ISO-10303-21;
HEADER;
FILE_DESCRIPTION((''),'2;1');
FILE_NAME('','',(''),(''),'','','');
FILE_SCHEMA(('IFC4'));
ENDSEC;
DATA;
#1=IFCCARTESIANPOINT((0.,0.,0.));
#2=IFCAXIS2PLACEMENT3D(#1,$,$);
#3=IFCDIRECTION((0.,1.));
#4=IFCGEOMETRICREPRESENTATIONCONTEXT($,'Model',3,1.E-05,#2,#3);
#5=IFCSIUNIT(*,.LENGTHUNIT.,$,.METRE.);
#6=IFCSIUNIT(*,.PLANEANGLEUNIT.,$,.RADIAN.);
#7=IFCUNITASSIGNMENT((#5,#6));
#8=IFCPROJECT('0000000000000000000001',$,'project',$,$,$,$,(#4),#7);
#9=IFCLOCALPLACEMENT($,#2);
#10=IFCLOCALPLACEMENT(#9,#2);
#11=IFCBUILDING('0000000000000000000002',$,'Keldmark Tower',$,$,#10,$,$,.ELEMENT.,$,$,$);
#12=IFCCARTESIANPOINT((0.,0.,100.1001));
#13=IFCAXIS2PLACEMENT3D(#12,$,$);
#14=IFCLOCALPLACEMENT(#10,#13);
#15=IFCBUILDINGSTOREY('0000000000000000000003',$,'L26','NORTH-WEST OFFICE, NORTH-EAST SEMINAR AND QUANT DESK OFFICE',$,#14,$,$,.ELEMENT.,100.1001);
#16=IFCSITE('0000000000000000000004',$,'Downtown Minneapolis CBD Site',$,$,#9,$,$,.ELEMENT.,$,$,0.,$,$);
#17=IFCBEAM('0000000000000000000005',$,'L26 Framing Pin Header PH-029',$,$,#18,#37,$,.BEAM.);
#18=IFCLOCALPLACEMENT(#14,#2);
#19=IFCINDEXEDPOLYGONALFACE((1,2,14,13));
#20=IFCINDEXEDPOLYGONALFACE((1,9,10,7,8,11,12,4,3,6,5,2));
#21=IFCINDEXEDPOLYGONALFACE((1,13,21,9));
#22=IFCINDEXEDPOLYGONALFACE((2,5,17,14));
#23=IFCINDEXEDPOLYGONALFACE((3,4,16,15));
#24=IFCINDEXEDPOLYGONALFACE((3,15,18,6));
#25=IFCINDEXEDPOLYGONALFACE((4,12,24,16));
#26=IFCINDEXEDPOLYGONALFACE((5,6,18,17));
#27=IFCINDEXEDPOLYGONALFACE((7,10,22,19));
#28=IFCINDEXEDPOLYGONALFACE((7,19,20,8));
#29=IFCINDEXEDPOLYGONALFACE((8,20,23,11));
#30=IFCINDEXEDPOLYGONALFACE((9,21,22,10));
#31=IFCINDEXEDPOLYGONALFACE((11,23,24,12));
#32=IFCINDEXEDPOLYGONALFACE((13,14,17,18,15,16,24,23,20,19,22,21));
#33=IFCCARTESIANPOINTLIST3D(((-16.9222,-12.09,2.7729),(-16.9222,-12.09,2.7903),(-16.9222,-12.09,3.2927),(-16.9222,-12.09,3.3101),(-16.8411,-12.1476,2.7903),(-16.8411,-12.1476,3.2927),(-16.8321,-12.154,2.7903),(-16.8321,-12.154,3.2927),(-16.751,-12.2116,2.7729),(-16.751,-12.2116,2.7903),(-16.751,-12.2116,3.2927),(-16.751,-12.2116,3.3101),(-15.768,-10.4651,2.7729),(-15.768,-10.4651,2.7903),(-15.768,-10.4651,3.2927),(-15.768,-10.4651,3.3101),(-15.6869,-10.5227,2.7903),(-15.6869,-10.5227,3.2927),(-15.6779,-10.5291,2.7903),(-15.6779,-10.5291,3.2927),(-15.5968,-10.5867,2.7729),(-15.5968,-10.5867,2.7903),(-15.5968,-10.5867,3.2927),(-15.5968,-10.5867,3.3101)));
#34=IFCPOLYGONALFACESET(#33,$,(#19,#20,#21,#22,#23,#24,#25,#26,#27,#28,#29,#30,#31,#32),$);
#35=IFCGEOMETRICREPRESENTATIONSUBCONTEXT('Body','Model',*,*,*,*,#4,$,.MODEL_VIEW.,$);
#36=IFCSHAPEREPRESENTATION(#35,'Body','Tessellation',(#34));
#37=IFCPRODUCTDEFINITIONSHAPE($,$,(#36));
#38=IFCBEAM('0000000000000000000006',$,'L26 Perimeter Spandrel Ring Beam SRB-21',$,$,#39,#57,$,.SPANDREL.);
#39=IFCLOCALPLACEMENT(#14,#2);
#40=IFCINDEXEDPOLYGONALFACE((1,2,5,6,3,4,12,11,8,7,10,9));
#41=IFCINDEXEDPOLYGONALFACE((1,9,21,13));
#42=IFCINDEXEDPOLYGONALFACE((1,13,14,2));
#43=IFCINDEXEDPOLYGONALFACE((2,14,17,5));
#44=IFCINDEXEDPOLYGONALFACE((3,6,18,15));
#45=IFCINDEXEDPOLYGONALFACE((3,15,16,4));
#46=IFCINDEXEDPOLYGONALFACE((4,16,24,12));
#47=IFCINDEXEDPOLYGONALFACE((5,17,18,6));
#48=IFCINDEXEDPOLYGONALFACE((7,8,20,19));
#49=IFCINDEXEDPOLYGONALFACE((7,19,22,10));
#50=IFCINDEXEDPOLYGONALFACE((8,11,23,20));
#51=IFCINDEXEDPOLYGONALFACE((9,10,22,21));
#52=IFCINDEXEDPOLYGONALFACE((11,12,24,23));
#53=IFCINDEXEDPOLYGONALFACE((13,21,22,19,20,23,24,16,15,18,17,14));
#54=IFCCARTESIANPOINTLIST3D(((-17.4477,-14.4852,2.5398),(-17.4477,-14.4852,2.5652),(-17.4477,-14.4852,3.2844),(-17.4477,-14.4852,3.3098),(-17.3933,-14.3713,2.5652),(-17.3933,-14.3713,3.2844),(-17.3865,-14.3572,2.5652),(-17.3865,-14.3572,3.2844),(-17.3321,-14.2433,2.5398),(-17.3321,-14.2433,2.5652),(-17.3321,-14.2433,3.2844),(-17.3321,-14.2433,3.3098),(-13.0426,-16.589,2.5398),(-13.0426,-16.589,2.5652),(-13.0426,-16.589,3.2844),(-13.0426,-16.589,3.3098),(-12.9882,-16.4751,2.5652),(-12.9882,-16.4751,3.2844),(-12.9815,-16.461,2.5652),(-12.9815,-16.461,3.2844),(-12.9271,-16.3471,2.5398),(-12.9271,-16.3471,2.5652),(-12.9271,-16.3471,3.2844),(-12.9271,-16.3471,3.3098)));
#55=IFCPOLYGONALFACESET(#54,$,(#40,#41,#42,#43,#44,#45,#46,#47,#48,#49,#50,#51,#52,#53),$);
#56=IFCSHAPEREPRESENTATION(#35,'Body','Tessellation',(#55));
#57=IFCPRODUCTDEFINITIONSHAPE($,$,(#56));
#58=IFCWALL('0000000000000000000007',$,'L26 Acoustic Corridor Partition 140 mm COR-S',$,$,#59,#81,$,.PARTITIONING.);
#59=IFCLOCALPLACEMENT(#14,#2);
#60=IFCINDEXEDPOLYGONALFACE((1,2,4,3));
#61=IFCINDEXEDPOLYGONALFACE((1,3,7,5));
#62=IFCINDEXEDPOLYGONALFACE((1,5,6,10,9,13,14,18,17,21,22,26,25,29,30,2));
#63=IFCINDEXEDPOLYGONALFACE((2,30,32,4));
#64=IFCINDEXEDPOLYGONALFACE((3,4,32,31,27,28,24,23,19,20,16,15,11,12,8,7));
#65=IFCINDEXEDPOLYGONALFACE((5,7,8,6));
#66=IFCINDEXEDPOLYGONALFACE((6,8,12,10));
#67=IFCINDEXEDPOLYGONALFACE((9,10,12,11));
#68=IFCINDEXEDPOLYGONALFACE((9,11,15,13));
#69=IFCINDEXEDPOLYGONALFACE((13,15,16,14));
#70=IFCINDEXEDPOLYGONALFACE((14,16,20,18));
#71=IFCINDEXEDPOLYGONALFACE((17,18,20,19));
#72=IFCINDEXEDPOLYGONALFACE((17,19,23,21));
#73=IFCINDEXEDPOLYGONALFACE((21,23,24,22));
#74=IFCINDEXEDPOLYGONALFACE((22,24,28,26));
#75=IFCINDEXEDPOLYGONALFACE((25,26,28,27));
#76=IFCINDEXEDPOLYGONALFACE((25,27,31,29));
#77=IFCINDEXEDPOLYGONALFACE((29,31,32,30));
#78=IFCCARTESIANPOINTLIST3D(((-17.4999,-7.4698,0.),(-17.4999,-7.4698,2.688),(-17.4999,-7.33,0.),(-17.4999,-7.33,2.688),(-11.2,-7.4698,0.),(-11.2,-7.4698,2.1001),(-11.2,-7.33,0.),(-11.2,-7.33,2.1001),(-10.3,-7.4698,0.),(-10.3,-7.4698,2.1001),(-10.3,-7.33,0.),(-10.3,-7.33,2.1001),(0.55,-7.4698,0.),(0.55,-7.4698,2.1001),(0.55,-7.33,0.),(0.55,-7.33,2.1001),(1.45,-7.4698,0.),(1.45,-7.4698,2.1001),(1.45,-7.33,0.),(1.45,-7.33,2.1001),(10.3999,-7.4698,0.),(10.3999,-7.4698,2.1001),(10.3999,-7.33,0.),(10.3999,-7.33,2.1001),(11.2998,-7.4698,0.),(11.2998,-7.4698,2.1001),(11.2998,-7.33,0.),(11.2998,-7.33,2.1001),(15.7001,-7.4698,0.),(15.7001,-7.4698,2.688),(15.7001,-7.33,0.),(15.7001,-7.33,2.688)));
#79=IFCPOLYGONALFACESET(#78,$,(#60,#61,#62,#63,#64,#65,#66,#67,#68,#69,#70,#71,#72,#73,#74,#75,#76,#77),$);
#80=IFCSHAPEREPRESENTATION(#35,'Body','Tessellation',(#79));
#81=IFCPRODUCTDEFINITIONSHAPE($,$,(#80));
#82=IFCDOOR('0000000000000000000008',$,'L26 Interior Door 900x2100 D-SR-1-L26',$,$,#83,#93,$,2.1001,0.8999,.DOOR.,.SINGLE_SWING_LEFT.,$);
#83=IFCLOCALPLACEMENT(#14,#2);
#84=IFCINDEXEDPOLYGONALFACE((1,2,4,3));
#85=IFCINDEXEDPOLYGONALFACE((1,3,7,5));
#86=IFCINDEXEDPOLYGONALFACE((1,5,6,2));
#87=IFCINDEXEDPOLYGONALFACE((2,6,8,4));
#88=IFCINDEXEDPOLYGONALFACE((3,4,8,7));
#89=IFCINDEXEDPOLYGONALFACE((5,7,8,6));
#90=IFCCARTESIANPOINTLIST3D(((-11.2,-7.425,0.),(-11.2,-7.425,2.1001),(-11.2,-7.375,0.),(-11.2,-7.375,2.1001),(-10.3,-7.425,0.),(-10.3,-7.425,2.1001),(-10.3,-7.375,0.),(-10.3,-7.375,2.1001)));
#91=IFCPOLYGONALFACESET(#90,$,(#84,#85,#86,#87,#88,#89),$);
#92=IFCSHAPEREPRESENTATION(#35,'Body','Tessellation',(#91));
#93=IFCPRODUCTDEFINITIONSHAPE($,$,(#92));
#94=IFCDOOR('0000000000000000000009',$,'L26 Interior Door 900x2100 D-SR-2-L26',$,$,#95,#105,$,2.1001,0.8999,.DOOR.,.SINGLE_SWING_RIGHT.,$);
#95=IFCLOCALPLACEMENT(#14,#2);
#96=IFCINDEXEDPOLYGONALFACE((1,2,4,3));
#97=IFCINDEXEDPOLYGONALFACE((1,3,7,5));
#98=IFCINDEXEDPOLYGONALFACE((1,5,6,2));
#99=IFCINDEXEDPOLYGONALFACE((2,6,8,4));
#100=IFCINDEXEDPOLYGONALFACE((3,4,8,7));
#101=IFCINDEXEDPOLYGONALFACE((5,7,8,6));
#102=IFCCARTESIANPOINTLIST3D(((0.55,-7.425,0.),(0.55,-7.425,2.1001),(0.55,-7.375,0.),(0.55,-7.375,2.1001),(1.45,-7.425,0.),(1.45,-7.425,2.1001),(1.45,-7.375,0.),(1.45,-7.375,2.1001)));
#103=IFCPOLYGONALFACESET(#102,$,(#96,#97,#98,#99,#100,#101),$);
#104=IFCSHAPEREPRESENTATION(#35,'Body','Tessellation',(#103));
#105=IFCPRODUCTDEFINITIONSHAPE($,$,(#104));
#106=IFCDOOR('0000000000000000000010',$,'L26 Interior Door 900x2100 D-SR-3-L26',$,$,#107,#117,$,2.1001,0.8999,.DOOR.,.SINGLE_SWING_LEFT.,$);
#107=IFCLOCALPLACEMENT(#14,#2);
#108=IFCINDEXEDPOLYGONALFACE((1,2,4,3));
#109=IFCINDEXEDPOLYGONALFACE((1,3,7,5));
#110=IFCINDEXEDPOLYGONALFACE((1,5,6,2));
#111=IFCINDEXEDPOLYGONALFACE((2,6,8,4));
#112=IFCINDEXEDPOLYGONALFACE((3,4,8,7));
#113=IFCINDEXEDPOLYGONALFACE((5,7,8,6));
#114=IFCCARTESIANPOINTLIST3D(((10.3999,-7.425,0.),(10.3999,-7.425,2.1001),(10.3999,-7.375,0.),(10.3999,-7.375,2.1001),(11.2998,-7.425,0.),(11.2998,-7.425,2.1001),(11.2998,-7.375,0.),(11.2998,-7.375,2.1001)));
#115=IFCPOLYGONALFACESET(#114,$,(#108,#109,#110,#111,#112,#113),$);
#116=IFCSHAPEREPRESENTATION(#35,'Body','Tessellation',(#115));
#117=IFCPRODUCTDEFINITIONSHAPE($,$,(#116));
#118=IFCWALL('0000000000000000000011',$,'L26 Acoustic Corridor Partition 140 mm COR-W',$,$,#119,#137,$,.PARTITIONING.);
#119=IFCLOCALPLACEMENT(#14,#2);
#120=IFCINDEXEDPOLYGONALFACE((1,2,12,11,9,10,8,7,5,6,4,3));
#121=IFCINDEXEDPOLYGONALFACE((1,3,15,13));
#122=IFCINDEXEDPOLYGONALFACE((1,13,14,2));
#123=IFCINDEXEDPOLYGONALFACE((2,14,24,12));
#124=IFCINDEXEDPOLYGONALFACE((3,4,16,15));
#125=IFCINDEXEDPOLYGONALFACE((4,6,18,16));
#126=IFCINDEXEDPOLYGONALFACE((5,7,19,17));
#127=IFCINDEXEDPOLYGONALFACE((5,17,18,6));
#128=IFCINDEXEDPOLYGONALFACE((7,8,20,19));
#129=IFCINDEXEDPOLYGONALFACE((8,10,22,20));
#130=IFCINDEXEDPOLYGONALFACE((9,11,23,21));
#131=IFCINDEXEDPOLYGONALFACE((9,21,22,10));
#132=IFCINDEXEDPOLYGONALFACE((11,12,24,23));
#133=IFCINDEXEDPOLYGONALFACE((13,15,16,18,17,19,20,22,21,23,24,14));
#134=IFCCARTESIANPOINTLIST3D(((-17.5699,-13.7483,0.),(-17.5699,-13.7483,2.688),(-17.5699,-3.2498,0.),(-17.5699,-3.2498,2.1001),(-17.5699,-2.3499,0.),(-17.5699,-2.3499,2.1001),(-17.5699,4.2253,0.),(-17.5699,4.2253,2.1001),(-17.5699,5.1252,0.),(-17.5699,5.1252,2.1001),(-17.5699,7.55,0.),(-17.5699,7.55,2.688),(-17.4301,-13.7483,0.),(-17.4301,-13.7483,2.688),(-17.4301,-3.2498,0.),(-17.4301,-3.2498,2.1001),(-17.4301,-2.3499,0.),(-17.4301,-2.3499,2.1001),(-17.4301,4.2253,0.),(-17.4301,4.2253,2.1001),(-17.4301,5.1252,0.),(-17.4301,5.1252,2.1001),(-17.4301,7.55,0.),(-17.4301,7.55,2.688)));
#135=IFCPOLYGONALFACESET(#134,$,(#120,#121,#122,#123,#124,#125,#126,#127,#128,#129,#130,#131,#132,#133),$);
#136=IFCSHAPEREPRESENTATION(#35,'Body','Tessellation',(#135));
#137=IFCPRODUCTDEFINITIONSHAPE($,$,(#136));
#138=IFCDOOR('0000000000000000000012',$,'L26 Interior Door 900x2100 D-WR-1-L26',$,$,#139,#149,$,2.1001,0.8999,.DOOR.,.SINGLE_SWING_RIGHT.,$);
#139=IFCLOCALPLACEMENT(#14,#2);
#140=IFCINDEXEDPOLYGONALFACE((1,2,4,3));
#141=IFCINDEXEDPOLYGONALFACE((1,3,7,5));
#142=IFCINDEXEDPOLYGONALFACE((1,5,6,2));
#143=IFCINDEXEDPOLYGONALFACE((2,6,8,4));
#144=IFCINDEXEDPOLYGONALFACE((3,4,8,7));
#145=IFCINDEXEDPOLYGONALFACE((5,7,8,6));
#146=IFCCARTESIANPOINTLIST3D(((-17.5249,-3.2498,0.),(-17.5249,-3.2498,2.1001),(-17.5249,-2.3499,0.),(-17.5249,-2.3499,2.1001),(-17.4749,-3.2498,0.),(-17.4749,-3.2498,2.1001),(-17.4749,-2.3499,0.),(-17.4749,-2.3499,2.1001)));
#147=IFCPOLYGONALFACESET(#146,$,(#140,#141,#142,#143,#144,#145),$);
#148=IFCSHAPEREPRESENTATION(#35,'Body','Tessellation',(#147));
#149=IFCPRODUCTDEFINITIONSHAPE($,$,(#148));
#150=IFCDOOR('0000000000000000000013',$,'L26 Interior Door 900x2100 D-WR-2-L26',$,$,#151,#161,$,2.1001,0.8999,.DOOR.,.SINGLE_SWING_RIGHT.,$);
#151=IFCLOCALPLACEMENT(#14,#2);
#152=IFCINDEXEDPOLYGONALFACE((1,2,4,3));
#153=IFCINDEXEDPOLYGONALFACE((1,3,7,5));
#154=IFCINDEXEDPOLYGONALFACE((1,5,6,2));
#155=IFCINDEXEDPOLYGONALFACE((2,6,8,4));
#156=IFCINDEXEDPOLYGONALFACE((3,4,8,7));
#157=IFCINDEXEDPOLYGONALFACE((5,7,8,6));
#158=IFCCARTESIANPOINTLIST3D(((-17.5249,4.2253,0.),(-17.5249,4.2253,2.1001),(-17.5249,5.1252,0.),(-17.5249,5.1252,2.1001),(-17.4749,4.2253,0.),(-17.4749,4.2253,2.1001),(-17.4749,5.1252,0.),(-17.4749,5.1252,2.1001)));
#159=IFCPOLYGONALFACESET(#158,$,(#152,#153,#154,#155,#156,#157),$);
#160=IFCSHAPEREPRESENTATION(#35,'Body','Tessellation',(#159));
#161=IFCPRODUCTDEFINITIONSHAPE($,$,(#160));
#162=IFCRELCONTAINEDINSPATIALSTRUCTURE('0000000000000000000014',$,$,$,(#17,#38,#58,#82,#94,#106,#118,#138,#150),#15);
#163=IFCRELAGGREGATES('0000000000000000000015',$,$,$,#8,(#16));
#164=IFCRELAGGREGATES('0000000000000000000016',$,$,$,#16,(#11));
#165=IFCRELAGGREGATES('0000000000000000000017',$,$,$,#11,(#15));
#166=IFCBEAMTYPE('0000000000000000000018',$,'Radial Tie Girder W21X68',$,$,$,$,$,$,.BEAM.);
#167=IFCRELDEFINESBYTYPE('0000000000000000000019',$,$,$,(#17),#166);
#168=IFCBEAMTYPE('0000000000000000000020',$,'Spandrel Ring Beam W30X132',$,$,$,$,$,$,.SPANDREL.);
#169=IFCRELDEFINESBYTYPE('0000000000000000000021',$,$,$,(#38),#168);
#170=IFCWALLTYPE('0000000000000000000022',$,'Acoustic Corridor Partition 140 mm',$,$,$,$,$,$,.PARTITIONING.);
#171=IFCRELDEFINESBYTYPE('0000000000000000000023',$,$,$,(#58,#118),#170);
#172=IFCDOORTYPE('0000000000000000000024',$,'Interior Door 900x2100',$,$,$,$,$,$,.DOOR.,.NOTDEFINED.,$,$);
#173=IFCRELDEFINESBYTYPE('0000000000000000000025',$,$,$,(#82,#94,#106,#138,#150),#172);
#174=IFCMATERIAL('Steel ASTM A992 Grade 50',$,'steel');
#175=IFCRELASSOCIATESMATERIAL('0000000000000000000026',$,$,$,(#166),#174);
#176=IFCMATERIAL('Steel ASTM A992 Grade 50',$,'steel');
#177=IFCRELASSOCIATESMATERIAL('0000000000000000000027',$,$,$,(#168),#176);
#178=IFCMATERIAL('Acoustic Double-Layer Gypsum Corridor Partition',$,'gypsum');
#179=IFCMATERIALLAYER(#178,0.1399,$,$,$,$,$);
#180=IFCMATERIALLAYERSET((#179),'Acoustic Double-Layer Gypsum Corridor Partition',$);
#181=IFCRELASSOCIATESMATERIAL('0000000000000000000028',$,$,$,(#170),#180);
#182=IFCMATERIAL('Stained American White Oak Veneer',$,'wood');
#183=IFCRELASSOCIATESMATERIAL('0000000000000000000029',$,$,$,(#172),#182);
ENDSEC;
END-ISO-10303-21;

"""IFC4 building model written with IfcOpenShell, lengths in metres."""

from ifc_helpers import new_model, si_unit, direction, frame, frame_2d, origin, origin_2d, place, context, subcontext, project, spatial, rectangle, i_section, extrude, material, layer, layer_set, material_profile, profile_set, type_object, element, fill, save


model = new_model("IFC4")

# Units and contexts
model_context = context("Model", 3, precision=1e-05, world=origin(), true_north=direction((0.0, 1.0)))
body_context = subcontext(model_context, "Body", "Model", "MODEL_VIEW")
ifc_project = project(units=[si_unit("LENGTHUNIT", "METRE"), si_unit("PLANEANGLEUNIT", "RADIAN")], contexts=[model_context])

# Site, building, storey
site_placement = place(None, origin())
site = spatial("IfcSite", under=ifc_project, at=site_placement, Name="Downtown Minneapolis CBD Site", CompositionType="ELEMENT", RefElevation=0.0)
building_placement = place(site_placement, origin())
building = spatial("IfcBuilding", under=site, at=building_placement, Name="Keldmark Tower", CompositionType="ELEMENT")
storey_placement = place(building_placement, frame((0.0, 0.0, 100.1001)))
storey = spatial("IfcBuildingStorey", under=building, at=storey_placement, Name="L26", Description="NORTH-WEST OFFICE, NORTH-EAST SEMINAR AND QUANT DESK OFFICE", CompositionType="ELEMENT", Elevation=100.1001)

# Beams
ifc_material_1 = material(Name="Steel ASTM A992 Grade 50", Category="steel")
ifc_material_profile_1 = material_profile(ifc_material_1, i_section(OverallWidth=0.21, OverallDepth=0.5371, WebThickness=0.011, FlangeThickness=0.0173, at=origin_2d()), Name="W21X68")
ifc_profile_set_1 = profile_set([ifc_material_profile_1], Name="Steel ASTM A992 Grade 50")
beam_type_1 = type_object("IfcBeamType", Name="Radial Tie Girder W21X68", PredefinedType="BEAM", material=ifc_profile_set_1)
beam_1_placement = place(storey_placement, frame((-15.6824, -10.5259, 3.0415), z_axis=(-0.579104, -0.815253, 0.0), x_axis=(0.815253, -0.579104, 0.0)))
element("IfcBeam", 1, at=beam_1_placement, inside=storey, type_object=beam_type_1, Name="L26 Framing Pin Header PH-029", PredefinedType="BEAM", context=body_context, shape_type="SweptSolid", body=[
    extrude(i_section(OverallWidth=0.21, OverallDepth=0.5371, WebThickness=0.011, FlangeThickness=0.0173, at=origin_2d()), origin(), (0.0, 0.0, 1.0), 1.9932),
])
ifc_material_2 = material(Name="Steel ASTM A992 Grade 50", Category="steel")
ifc_material_profile_2 = material_profile(ifc_material_2, i_section(OverallWidth=0.2681, OverallDepth=0.77, WebThickness=0.0156, FlangeThickness=0.0254, at=origin_2d()), Name="W30X132")
ifc_profile_set_2 = profile_set([ifc_material_profile_2], Name="Steel ASTM A992 Grade 50")
beam_type_2 = type_object("IfcBeamType", Name="Spandrel Ring Beam W30X132", PredefinedType="SPANDREL", material=ifc_profile_set_2)
beam_2_placement = place(storey_placement, frame((-17.3899, -14.3643, 2.9248), z_axis=(0.902373, -0.430956, 0.0), x_axis=(0.430956, 0.902373, 0.0)))
element("IfcBeam", 2, at=beam_2_placement, inside=storey, type_object=beam_type_2, Name="L26 Perimeter Spandrel Ring Beam SRB-21", PredefinedType="SPANDREL", context=body_context, shape_type="SweptSolid", body=[
    extrude(i_section(OverallWidth=0.2681, OverallDepth=0.77, WebThickness=0.0156, FlangeThickness=0.0254, at=origin_2d()), origin(), (0.0, 0.0, 1.0), 4.8816),
])

# Walls, openings, doors
ifc_material_3 = material(Name="Acoustic Double-Layer Gypsum Corridor Partition", Category="gypsum")
ifc_layer_1 = layer(ifc_material_3, 0.1399)
ifc_layer_set_1 = layer_set([ifc_layer_1], Name="Acoustic Double-Layer Gypsum Corridor Partition")
wall_type_1 = type_object("IfcWallType", Name="Acoustic Corridor Partition 140 mm", PredefinedType="PARTITIONING", material=ifc_layer_set_1)
wall_1_placement = place(storey_placement, frame((-17.5, -7.3999, 0.0), z_axis=(0.0, 0.0, 1.0), x_axis=(1.0, 0.0, 0.0)))
wall_1 = element("IfcWall", 3, at=wall_1_placement, inside=storey, type_object=wall_type_1, Name="L26 Acoustic Corridor Partition 140 mm COR-S", PredefinedType="PARTITIONING", context=body_context, shape_type="SweptSolid", body=[
    extrude(rectangle(XDim=33.2, YDim=0.1399, at=frame_2d((16.6001, 0.0))), origin(), (0.0, 0.0, 1.0), 2.688),
])
opening_1_placement = place(wall_1_placement, frame((6.3, 0.0, 0.0)))
opening_1 = element("IfcOpeningElement", 4, at=opening_1_placement, cuts=wall_1, PredefinedType="OPENING", context=body_context, shape_type="SweptSolid", body=[
    extrude(rectangle(XDim=0.8999, YDim=2.1001, at=frame_2d((0.45, 1.05))), frame((0.0, 0.0798, 0.0), z_axis=(0.0, -1.0, 0.0), x_axis=(1.0, 0.0, 0.0)), (0.0, 0.0, 1.0), 0.1599),
])
opening_2_placement = place(wall_1_placement, frame((18.05, 0.0, 0.0)))
opening_2 = element("IfcOpeningElement", 5, at=opening_2_placement, cuts=wall_1, PredefinedType="OPENING", context=body_context, shape_type="SweptSolid", body=[
    extrude(rectangle(XDim=0.8999, YDim=2.1001, at=frame_2d((0.45, 1.05))), frame((0.0, 0.0798, 0.0), z_axis=(0.0, -1.0, 0.0), x_axis=(1.0, 0.0, 0.0)), (0.0, 0.0, 1.0), 0.1599),
])
opening_3_placement = place(wall_1_placement, frame((27.8999, 0.0, 0.0)))
opening_3 = element("IfcOpeningElement", 6, at=opening_3_placement, cuts=wall_1, PredefinedType="OPENING", context=body_context, shape_type="SweptSolid", body=[
    extrude(rectangle(XDim=0.8999, YDim=2.1001, at=frame_2d((0.45, 1.05))), frame((0.0, 0.0798, 0.0), z_axis=(0.0, -1.0, 0.0), x_axis=(1.0, 0.0, 0.0)), (0.0, 0.0, 1.0), 0.1599),
])
ifc_material_4 = material(Name="Stained American White Oak Veneer", Category="wood")
door_type = type_object("IfcDoorType", Name="Interior Door 900x2100", OperationType="NOTDEFINED", PredefinedType="DOOR", material=ifc_material_4)
door_1_placement = place(opening_1_placement, origin())
door_1 = element("IfcDoor", 7, at=door_1_placement, inside=storey, type_object=door_type, Name="L26 Interior Door 900x2100 D-SR-1-L26", OperationType="SINGLE_SWING_LEFT", OverallHeight=2.1001, OverallWidth=0.8999, PredefinedType="DOOR", context=body_context, shape_type="SweptSolid", body=[
    extrude(rectangle(XDim=0.8999, YDim=2.1001, at=frame_2d((0.45, 1.05))), frame((0.0, 0.0249, 0.0), z_axis=(0.0, -1.0, 0.0), x_axis=(1.0, 0.0, 0.0)), (0.0, 0.0, 1.0), 0.05),
])
fill(opening_1, door_1)
door_2_placement = place(opening_2_placement, origin())
door_2 = element("IfcDoor", 8, at=door_2_placement, inside=storey, type_object=door_type, Name="L26 Interior Door 900x2100 D-SR-2-L26", OperationType="SINGLE_SWING_RIGHT", OverallHeight=2.1001, OverallWidth=0.8999, PredefinedType="DOOR", context=body_context, shape_type="SweptSolid", body=[
    extrude(rectangle(XDim=0.8999, YDim=2.1001, at=frame_2d((0.45, 1.05))), frame((0.0, 0.0249, 0.0), z_axis=(0.0, -1.0, 0.0), x_axis=(1.0, 0.0, 0.0)), (0.0, 0.0, 1.0), 0.05),
])
fill(opening_2, door_2)
door_3_placement = place(opening_3_placement, origin())
door_3 = element("IfcDoor", 9, at=door_3_placement, inside=storey, type_object=door_type, Name="L26 Interior Door 900x2100 D-SR-3-L26", OperationType="SINGLE_SWING_LEFT", OverallHeight=2.1001, OverallWidth=0.8999, PredefinedType="DOOR", context=body_context, shape_type="SweptSolid", body=[
    extrude(rectangle(XDim=0.8999, YDim=2.1001, at=frame_2d((0.45, 1.05))), frame((0.0, 0.0249, 0.0), z_axis=(0.0, -1.0, 0.0), x_axis=(1.0, 0.0, 0.0)), (0.0, 0.0, 1.0), 0.05),
])
fill(opening_3, door_3)
wall_2_placement = place(storey_placement, frame((-17.5, -13.7483, 0.0), z_axis=(0.0, 0.0, 1.0), x_axis=(0.0, 1.0, 0.0)))
wall_2 = element("IfcWall", 10, at=wall_2_placement, inside=storey, type_object=wall_type_1, Name="L26 Acoustic Corridor Partition 140 mm COR-W", PredefinedType="PARTITIONING", context=body_context, shape_type="SweptSolid", body=[
    extrude(rectangle(XDim=21.2983, YDim=0.1399, at=frame_2d((10.6492, 0.0))), origin(), (0.0, 0.0, 1.0), 2.688),
])
opening_4_placement = place(wall_2_placement, frame((10.4985, 0.0, 0.0)))
opening_4 = element("IfcOpeningElement", 11, at=opening_4_placement, cuts=wall_2, PredefinedType="OPENING", context=body_context, shape_type="SweptSolid", body=[
    extrude(rectangle(XDim=0.8999, YDim=2.1001, at=frame_2d((0.45, 1.05))), frame((0.0, 0.0798, 0.0), z_axis=(0.0, -1.0, 0.0), x_axis=(1.0, 0.0, 0.0)), (0.0, 0.0, 1.0), 0.1599),
])
opening_5_placement = place(wall_2_placement, frame((17.9736, 0.0, 0.0)))
opening_5 = element("IfcOpeningElement", 12, at=opening_5_placement, cuts=wall_2, PredefinedType="OPENING", context=body_context, shape_type="SweptSolid", body=[
    extrude(rectangle(XDim=0.8999, YDim=2.1001, at=frame_2d((0.45, 1.05))), frame((0.0, 0.0798, 0.0), z_axis=(0.0, -1.0, 0.0), x_axis=(1.0, 0.0, 0.0)), (0.0, 0.0, 1.0), 0.1599),
])
door_4_placement = place(opening_4_placement, origin())
door_4 = element("IfcDoor", 13, at=door_4_placement, inside=storey, type_object=door_type, Name="L26 Interior Door 900x2100 D-WR-1-L26", OperationType="SINGLE_SWING_RIGHT", OverallHeight=2.1001, OverallWidth=0.8999, PredefinedType="DOOR", context=body_context, shape_type="SweptSolid", body=[
    extrude(rectangle(XDim=0.8999, YDim=2.1001, at=frame_2d((0.45, 1.05))), frame((0.0, 0.0249, 0.0), z_axis=(0.0, -1.0, 0.0), x_axis=(1.0, 0.0, 0.0)), (0.0, 0.0, 1.0), 0.05),
])
fill(opening_4, door_4)
door_5_placement = place(opening_5_placement, origin())
door_5 = element("IfcDoor", 14, at=door_5_placement, inside=storey, type_object=door_type, Name="L26 Interior Door 900x2100 D-WR-2-L26", OperationType="SINGLE_SWING_RIGHT", OverallHeight=2.1001, OverallWidth=0.8999, PredefinedType="DOOR", context=body_context, shape_type="SweptSolid", body=[
    extrude(rectangle(XDim=0.8999, YDim=2.1001, at=frame_2d((0.45, 1.05))), frame((0.0, 0.0249, 0.0), z_axis=(0.0, -1.0, 0.0), x_axis=(1.0, 0.0, 0.0)), (0.0, 0.0, 1.0), 0.05),
])
fill(opening_5, door_5)

save(model, "model.ifc")
